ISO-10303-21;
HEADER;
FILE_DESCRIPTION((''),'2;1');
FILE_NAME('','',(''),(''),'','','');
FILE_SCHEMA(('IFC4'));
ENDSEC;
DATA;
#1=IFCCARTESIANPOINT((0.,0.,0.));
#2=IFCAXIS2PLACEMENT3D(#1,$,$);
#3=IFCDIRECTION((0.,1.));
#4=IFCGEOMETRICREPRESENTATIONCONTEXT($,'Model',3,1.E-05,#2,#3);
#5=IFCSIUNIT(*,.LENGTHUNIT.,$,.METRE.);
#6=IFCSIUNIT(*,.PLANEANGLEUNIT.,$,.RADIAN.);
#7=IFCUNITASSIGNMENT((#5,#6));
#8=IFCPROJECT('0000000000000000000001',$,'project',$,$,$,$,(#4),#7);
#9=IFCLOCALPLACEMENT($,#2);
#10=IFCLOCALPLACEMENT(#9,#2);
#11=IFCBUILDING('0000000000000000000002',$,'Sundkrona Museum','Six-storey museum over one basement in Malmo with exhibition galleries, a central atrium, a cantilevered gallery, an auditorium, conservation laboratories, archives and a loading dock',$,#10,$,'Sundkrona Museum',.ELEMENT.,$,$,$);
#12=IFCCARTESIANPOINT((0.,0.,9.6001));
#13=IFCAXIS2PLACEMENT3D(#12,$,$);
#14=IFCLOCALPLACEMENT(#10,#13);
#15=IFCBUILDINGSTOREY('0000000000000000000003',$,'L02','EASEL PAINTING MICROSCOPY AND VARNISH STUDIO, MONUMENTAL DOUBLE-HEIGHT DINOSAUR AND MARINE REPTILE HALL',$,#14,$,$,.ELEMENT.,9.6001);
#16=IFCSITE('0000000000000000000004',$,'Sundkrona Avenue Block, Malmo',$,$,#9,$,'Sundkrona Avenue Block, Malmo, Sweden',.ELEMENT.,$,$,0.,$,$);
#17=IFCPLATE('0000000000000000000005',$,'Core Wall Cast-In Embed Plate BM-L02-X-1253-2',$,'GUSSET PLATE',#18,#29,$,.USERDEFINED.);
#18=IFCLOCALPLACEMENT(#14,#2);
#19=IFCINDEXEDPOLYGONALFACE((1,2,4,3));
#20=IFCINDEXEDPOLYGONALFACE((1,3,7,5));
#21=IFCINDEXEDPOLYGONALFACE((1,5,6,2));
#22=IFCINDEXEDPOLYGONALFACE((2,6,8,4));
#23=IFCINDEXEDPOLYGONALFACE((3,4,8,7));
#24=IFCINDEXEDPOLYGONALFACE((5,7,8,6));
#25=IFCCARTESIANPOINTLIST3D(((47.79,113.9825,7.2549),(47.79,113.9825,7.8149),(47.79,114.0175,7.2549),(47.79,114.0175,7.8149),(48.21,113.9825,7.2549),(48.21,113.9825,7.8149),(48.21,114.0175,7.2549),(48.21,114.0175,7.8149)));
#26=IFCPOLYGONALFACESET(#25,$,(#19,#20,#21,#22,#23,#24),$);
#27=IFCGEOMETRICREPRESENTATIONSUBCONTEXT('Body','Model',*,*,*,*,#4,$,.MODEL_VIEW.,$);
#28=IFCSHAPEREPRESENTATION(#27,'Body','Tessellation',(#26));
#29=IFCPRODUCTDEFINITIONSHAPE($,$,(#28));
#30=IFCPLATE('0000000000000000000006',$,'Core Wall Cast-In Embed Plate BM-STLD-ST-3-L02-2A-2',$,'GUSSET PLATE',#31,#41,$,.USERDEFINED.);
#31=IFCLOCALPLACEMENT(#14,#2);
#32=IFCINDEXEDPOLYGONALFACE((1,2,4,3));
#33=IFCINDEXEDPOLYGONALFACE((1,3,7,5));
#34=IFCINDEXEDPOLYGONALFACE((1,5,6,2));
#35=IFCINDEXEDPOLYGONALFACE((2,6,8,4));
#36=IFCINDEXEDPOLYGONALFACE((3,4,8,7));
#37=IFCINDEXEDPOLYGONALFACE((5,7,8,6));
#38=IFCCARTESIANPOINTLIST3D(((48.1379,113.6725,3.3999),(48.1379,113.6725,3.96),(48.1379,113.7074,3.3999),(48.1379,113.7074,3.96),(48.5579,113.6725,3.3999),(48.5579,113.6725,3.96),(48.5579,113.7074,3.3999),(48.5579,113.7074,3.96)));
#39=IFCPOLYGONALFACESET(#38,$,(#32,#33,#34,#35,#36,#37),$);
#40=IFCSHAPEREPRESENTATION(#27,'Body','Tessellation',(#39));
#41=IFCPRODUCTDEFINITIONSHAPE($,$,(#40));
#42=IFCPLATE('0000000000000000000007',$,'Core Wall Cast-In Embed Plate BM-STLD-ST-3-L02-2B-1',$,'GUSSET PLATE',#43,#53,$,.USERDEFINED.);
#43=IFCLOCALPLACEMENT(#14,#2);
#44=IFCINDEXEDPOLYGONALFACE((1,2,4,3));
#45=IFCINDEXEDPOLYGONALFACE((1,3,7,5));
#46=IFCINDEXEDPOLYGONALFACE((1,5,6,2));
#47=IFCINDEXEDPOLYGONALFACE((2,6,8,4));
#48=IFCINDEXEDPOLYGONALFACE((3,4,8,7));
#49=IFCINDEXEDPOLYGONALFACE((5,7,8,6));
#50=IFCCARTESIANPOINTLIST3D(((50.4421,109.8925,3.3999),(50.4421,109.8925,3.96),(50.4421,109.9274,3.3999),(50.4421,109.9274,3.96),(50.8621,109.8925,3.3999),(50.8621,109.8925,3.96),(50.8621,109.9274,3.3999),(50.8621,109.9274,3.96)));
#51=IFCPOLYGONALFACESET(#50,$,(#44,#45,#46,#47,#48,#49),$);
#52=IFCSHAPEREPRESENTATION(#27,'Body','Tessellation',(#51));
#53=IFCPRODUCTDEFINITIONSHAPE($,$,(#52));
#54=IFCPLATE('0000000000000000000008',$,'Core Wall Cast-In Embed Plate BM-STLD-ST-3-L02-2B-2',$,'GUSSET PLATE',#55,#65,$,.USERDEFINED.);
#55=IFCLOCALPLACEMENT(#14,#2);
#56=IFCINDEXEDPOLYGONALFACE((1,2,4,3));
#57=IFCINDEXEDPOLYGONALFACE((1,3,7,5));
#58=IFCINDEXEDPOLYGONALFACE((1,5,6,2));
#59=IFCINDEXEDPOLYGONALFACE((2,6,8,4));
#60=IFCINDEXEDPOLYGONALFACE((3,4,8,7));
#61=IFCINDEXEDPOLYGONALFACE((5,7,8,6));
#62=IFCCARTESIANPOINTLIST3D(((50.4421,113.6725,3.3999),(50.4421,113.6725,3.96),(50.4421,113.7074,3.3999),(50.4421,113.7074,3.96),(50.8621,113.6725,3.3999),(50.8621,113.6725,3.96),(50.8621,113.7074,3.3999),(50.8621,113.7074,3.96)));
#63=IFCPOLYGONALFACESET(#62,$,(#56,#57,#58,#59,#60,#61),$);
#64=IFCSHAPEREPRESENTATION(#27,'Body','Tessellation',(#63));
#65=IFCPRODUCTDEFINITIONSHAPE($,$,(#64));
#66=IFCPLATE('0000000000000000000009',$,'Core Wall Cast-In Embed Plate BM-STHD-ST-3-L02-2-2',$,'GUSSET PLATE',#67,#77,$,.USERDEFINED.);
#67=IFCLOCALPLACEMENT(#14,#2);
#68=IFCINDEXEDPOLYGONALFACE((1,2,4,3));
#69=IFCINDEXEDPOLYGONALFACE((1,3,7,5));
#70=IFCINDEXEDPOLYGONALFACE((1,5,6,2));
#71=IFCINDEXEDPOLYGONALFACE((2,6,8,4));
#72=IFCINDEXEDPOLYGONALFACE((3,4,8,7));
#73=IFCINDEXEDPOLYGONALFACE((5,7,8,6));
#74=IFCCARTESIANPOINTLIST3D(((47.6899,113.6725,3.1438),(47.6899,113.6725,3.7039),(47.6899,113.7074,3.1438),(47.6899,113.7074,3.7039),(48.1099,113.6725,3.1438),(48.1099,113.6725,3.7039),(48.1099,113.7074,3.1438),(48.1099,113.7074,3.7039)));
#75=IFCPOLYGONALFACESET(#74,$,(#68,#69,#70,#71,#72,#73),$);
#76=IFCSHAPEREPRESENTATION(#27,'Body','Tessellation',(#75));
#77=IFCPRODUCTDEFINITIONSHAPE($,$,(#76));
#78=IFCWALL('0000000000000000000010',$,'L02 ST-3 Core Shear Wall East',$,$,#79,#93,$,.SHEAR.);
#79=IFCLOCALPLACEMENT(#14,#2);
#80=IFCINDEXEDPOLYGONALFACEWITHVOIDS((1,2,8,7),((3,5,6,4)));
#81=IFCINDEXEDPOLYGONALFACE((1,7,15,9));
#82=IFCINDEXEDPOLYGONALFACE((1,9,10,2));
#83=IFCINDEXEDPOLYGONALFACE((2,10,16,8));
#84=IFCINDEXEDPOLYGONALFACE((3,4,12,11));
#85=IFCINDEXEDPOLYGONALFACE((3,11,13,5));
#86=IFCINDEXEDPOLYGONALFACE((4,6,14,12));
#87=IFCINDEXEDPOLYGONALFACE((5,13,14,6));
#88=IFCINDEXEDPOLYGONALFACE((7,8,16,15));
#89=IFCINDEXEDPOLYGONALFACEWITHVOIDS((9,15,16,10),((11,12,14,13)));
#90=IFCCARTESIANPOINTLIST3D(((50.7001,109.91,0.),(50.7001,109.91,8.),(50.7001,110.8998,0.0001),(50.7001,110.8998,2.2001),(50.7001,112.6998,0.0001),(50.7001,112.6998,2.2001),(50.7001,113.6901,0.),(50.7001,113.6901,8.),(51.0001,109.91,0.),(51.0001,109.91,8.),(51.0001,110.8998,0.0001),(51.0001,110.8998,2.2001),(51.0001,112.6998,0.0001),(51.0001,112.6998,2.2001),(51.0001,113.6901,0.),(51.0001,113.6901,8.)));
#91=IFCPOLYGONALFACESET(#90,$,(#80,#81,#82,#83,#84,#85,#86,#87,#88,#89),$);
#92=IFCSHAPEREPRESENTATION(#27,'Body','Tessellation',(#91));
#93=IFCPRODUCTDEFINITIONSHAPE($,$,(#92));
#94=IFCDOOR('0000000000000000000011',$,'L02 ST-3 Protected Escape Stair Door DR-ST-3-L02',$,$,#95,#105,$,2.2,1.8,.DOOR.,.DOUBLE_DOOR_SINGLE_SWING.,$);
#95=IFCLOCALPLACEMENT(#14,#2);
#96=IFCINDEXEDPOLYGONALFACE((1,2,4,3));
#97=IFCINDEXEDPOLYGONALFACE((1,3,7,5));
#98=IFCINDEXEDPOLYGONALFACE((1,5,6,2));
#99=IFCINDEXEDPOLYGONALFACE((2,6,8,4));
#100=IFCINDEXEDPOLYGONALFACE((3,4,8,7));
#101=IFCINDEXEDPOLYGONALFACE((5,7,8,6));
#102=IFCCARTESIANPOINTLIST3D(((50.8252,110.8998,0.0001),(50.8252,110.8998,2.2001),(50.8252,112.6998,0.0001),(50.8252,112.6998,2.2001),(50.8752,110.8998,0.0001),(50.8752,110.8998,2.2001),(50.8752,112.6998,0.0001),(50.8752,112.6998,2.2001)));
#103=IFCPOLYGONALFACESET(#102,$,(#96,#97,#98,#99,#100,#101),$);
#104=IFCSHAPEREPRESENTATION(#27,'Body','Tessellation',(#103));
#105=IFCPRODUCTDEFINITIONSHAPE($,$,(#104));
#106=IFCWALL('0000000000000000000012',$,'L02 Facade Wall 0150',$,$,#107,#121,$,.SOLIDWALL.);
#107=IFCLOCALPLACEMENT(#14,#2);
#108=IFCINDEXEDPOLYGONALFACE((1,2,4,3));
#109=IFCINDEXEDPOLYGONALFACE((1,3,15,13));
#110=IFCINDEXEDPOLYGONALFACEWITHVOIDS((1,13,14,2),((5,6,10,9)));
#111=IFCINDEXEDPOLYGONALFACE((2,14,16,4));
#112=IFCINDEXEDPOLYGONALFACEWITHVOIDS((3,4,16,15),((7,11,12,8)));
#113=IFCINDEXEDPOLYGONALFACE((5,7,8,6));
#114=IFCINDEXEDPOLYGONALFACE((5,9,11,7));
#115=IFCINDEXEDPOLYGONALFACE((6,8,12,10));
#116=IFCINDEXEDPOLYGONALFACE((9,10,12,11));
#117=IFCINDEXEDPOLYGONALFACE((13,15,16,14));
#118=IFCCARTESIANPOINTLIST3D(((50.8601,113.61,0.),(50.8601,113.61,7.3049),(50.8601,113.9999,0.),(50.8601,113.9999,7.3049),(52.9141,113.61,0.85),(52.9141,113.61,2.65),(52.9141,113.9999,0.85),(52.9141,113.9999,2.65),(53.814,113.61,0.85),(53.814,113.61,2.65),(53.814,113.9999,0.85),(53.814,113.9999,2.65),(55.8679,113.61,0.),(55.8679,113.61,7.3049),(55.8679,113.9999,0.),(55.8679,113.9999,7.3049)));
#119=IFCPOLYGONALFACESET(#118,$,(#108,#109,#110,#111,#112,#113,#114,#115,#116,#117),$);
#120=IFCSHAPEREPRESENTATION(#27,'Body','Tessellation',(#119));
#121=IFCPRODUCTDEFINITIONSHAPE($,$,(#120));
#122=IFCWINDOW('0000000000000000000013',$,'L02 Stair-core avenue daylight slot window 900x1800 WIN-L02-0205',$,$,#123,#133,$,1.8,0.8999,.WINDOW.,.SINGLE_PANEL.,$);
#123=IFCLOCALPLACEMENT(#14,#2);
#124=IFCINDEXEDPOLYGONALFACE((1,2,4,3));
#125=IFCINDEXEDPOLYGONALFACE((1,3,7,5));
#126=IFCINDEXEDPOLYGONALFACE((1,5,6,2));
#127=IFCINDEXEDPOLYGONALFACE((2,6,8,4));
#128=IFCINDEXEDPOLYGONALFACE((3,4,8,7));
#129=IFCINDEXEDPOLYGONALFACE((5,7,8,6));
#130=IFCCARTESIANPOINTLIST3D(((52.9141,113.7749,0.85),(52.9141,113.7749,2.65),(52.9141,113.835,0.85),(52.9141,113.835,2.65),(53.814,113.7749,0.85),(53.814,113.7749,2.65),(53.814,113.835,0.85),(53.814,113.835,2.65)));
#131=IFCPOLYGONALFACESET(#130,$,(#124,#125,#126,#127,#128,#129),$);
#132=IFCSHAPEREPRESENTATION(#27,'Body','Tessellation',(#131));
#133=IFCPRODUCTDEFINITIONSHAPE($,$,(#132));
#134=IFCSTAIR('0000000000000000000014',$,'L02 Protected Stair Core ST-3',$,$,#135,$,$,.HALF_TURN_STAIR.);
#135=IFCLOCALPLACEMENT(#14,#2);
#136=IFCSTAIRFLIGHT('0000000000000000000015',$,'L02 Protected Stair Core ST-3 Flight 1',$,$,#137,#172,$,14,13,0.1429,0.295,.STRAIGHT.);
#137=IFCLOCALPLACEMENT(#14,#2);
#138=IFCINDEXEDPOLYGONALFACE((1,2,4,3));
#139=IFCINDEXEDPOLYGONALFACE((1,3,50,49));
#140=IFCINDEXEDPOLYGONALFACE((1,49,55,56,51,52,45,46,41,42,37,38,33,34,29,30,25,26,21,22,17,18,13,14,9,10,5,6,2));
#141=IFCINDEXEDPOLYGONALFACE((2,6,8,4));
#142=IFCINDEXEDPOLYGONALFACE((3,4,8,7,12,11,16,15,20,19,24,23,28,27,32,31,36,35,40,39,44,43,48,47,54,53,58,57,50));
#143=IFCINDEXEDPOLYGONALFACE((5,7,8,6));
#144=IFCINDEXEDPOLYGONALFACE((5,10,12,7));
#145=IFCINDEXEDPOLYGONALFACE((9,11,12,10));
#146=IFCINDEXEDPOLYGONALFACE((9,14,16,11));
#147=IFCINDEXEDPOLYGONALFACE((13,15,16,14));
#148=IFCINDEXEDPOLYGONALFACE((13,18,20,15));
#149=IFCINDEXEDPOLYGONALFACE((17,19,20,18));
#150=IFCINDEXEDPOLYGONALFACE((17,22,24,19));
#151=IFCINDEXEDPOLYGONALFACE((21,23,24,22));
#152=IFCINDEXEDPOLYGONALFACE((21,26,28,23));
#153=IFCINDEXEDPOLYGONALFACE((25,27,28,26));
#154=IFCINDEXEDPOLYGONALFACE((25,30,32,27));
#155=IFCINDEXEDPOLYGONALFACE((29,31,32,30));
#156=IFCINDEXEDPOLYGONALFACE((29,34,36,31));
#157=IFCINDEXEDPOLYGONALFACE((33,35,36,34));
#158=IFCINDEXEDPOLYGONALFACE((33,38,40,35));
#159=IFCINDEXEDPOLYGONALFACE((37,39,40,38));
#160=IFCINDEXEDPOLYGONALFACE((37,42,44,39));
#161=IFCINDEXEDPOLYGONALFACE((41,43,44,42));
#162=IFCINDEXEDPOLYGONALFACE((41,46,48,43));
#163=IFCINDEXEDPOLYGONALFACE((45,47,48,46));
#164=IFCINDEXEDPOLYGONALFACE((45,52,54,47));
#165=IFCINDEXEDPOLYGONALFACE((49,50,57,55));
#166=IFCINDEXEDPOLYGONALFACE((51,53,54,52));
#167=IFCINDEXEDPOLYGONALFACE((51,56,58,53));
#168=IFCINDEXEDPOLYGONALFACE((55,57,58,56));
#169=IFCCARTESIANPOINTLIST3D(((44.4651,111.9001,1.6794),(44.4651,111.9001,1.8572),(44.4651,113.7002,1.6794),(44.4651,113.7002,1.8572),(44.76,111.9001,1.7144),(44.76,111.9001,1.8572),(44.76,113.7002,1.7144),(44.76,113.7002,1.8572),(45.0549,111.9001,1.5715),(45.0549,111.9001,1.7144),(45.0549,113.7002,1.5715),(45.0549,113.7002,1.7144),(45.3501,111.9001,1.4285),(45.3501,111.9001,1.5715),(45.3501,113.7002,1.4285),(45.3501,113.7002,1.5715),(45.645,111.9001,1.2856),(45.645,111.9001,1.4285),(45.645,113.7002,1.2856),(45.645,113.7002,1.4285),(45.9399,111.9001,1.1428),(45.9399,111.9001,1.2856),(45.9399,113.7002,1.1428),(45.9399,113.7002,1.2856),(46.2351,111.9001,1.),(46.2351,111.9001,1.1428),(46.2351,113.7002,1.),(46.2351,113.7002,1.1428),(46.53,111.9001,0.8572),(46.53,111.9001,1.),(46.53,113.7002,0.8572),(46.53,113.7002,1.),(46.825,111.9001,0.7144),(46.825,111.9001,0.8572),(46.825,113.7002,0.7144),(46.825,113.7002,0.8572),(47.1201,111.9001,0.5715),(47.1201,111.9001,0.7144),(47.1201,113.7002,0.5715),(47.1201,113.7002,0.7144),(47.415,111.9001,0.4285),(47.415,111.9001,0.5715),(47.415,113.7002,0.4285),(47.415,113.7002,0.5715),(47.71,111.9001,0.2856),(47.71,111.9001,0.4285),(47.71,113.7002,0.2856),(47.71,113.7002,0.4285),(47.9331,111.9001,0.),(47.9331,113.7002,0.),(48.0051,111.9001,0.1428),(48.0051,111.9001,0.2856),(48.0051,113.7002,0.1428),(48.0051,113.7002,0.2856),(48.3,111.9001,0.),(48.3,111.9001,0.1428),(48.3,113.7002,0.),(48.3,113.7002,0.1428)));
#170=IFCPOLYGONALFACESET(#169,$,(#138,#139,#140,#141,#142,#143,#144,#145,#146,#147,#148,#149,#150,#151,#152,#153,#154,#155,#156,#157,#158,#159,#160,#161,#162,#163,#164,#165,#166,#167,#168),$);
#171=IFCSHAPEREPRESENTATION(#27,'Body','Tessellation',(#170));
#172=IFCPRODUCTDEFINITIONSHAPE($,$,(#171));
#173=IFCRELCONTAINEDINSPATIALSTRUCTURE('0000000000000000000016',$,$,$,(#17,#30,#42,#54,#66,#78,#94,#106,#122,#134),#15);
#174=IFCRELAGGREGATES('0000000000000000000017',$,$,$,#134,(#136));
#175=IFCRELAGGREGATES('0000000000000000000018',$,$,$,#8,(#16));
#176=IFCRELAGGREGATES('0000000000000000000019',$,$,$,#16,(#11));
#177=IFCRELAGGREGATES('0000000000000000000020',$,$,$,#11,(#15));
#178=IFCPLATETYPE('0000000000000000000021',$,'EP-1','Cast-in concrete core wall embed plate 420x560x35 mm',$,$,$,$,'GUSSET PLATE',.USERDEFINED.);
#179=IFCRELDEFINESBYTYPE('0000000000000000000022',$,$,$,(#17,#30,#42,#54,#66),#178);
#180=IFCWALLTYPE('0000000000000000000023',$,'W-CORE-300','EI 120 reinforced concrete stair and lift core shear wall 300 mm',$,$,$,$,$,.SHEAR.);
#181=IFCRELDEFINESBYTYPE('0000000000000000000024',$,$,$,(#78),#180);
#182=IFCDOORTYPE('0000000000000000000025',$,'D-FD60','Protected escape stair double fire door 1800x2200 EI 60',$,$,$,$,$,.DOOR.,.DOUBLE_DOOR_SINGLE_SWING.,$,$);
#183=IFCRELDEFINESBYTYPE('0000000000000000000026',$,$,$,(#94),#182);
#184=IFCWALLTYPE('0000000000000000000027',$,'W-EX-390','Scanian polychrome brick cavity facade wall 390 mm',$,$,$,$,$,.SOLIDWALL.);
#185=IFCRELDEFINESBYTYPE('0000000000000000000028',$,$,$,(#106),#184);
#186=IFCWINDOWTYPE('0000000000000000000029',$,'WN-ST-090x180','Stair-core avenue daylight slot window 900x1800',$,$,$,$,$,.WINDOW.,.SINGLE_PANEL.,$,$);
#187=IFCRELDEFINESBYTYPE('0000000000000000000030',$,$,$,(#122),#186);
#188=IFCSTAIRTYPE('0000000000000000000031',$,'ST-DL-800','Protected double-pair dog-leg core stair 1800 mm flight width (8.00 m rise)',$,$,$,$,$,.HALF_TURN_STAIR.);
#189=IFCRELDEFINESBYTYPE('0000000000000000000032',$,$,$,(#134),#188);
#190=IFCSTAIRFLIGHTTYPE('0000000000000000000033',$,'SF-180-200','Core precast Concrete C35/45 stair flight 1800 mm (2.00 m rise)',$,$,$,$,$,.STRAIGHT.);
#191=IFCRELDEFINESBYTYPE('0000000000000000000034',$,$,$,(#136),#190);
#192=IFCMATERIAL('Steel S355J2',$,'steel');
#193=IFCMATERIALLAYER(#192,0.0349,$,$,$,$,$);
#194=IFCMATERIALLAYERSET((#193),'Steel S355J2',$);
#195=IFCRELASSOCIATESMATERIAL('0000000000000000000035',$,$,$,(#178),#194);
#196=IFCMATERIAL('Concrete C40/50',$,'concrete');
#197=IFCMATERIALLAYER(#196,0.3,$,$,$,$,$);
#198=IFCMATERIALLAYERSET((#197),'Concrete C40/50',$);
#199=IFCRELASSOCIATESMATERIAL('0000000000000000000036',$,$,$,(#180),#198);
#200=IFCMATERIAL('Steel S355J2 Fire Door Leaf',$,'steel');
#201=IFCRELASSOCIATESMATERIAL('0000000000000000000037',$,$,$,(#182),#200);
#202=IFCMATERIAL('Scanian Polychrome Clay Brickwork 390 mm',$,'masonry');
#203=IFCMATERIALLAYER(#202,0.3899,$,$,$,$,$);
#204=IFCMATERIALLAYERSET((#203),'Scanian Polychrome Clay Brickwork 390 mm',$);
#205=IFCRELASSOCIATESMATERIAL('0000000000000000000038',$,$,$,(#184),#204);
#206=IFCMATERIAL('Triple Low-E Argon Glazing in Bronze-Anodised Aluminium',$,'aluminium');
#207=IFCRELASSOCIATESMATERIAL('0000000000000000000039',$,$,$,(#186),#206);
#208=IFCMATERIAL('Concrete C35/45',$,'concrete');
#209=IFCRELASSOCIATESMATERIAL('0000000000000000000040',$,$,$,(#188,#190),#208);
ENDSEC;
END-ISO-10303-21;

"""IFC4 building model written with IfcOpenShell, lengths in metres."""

from ifc_helpers import new_model, si_unit, direction, frame, frame_2d, origin, origin_2d, place, context, subcontext, project, spatial, polyline, rectangle, outline, extrude, material, layer, layer_set, type_object, element, fill, aggregate, save


model = new_model("IFC4")

# Units and contexts
model_context = context("Model", 3, precision=1e-05, world=origin(), true_north=direction((0.0, 1.0)))
body_context = subcontext(model_context, "Body", "Model", "MODEL_VIEW")
ifc_project = project(units=[si_unit("LENGTHUNIT", "METRE"), si_unit("PLANEANGLEUNIT", "RADIAN")], contexts=[model_context])

# Site, building, storey
site_placement = place(None, origin())
site = spatial("IfcSite", under=ifc_project, at=site_placement, Name="Sundkrona Avenue Block, Malmo", LongName="Sundkrona Avenue Block, Malmo, Sweden", CompositionType="ELEMENT", RefElevation=0.0)
building_placement = place(site_placement, origin())
building = spatial("IfcBuilding", under=site, at=building_placement, Name="Sundkrona Museum", Description="Six-storey museum over one basement in Malmo with exhibition galleries, a central atrium, a cantilevered gallery, an auditorium, conservation laboratories, archives and a loading dock", LongName="Sundkrona Museum", CompositionType="ELEMENT")
storey_placement = place(building_placement, frame((0.0, 0.0, 9.6001)))
storey = spatial("IfcBuildingStorey", under=building, at=storey_placement, Name="L02", Description="EASEL PAINTING MICROSCOPY AND VARNISH STUDIO, MONUMENTAL DOUBLE-HEIGHT DINOSAUR AND MARINE REPTILE HALL", CompositionType="ELEMENT", Elevation=9.6001)

# Shared definitions
ifc_material_1 = material(Name="Steel S355J2", Category="steel")

# Plates
ifc_layer_1 = layer(ifc_material_1, 0.0349)
ifc_layer_set_1 = layer_set([ifc_layer_1], Name="Steel S355J2")
plate_type = type_object("IfcPlateType", Name="EP-1", Description="Cast-in concrete core wall embed plate 420x560x35 mm", ElementType="GUSSET PLATE", PredefinedType="USERDEFINED", material=ifc_layer_set_1)
for number, where, z_axis, x_axis, name in (
    (1, (48.0, 114.0, 7.2549), (0.0, 0.0, 1.0), (1.0, 0.0, 0.0), "Core Wall Cast-In Embed Plate BM-L02-X-1253-2"),
    (2, (48.3479, 113.6899, 3.3999), (0.0, 0.0, 1.0), (1.0, 0.0, 0.0), "Core Wall Cast-In Embed Plate BM-STLD-ST-3-L02-2A-2"),
    (3, (50.6521, 109.9099, 3.3999), (0.0, 0.0, 1.0), (1.0, 0.0, 0.0), "Core Wall Cast-In Embed Plate BM-STLD-ST-3-L02-2B-1"),
    (4, (50.6521, 113.6899, 3.3999), (0.0, 0.0, 1.0), (1.0, 0.0, 0.0), "Core Wall Cast-In Embed Plate BM-STLD-ST-3-L02-2B-2"),
    (5, (47.8999, 113.6899, 3.1438), (0.0, 0.0, 1.0), (1.0, 0.0, 0.0), "Core Wall Cast-In Embed Plate BM-STHD-ST-3-L02-2-2"),
):
    element("IfcPlate", number, at=place(storey_placement, frame(where, z_axis=z_axis, x_axis=x_axis)), inside=storey, type_object=plate_type, Name=name, ObjectType="GUSSET PLATE", PredefinedType="USERDEFINED", context=body_context, shape_type="SweptSolid", body=[
        extrude(rectangle(XDim=0.4199, YDim=0.0349, at=origin_2d()), origin(), (0.0, 0.0, 1.0), 0.5601),
    ])

# Wall, opening, door
ifc_material_2 = material(Name="Concrete C40/50", Category="concrete")
ifc_layer_2 = layer(ifc_material_2, 0.3)
ifc_layer_set_2 = layer_set([ifc_layer_2], Name="Concrete C40/50")
wall_type_1 = type_object("IfcWallType", Name="W-CORE-300", Description="EI 120 reinforced concrete stair and lift core shear wall 300 mm", PredefinedType="SHEAR", material=ifc_layer_set_2)
wall_1_placement = place(storey_placement, frame((50.8501, 109.9099, 0.0), z_axis=(0.0, 0.0, 1.0), x_axis=(0.0, 1.0, 0.0)))
wall_1 = element("IfcWall", 6, at=wall_1_placement, inside=storey, type_object=wall_type_1, Name="L02 ST-3 Core Shear Wall East", PredefinedType="SHEAR", context=body_context, shape_type="SweptSolid", body=[
    extrude(rectangle(XDim=3.78, YDim=0.3, at=frame_2d((1.8901, 0.0))), origin(), (0.0, 0.0, 1.0), 8.0),
])
opening_1_placement = place(wall_1_placement, frame((0.99, 0.0, 0.0)))
opening_1 = element("IfcOpeningElement", 7, at=opening_1_placement, cuts=wall_1, PredefinedType="OPENING", context=body_context, shape_type="SweptSolid", body=[
    extrude(rectangle(XDim=1.8, YDim=2.2, at=frame_2d((0.8999, 1.1001))), frame((0.0, 0.1599, 0.0), z_axis=(0.0, -1.0, 0.0), x_axis=(1.0, 0.0, 0.0)), (0.0, 0.0, 1.0), 0.3201),
])
ifc_material_3 = material(Name="Steel S355J2 Fire Door Leaf", Category="steel")
door_type = type_object("IfcDoorType", Name="D-FD60", Description="Protected escape stair double fire door 1800x2200 EI 60", OperationType="DOUBLE_DOOR_SINGLE_SWING", PredefinedType="DOOR", material=ifc_material_3)
door_placement = place(opening_1_placement, origin())
door = element("IfcDoor", 8, at=door_placement, inside=storey, type_object=door_type, Name="L02 ST-3 Protected Escape Stair Door DR-ST-3-L02", OperationType="DOUBLE_DOOR_SINGLE_SWING", OverallHeight=2.2, OverallWidth=1.8, PredefinedType="DOOR", context=body_context, shape_type="SweptSolid", body=[
    extrude(rectangle(XDim=1.8, YDim=2.2, at=frame_2d((0.8999, 1.1001))), frame((0.0, 0.0249, 0.0), z_axis=(0.0, -1.0, 0.0), x_axis=(1.0, 0.0, 0.0)), (0.0, 0.0, 1.0), 0.05),
])
fill(opening_1, door)

# Wall, opening, window
ifc_material_4 = material(Name="Scanian Polychrome Clay Brickwork 390 mm", Category="masonry")
ifc_layer_3 = layer(ifc_material_4, 0.3899)
ifc_layer_set_3 = layer_set([ifc_layer_3], Name="Scanian Polychrome Clay Brickwork 390 mm")
wall_type_2 = type_object("IfcWallType", Name="W-EX-390", Description="Scanian polychrome brick cavity facade wall 390 mm", PredefinedType="SOLIDWALL", material=ifc_layer_set_3)
wall_2_placement = place(storey_placement, frame((50.8601, 113.8049, 0.0), z_axis=(0.0, 0.0, 1.0), x_axis=(1.0, 0.0, 0.0)))
wall_2 = element("IfcWall", 9, at=wall_2_placement, inside=storey, type_object=wall_type_2, Name="L02 Facade Wall 0150", PredefinedType="SOLIDWALL", context=body_context, shape_type="SweptSolid", body=[
    extrude(rectangle(XDim=5.0078, YDim=0.3899, at=frame_2d((2.5039, 0.0))), origin(), (0.0, 0.0, 1.0), 7.3049),
])
opening_2_placement = place(wall_2_placement, frame((2.054, 0.0, 0.8501)))
opening_2 = element("IfcOpeningElement", 10, at=opening_2_placement, cuts=wall_2, PredefinedType="OPENING", context=body_context, shape_type="SweptSolid", body=[
    extrude(rectangle(XDim=0.8999, YDim=1.8, at=frame_2d((0.45, 0.8999))), frame((0.0, 0.2048, 0.0), z_axis=(0.0, -1.0, 0.0), x_axis=(1.0, 0.0, 0.0)), (0.0, 0.0, 1.0), 0.4099),
])
ifc_material_5 = material(Name="Triple Low-E Argon Glazing in Bronze-Anodised Aluminium", Category="aluminium")
window_type = type_object("IfcWindowType", Name="WN-ST-090x180", Description="Stair-core avenue daylight slot window 900x1800", PartitioningType="SINGLE_PANEL", PredefinedType="WINDOW", material=ifc_material_5)
window_placement = place(opening_2_placement, origin())
window = element("IfcWindow", 11, at=window_placement, inside=storey, type_object=window_type, Name="L02 Stair-core avenue daylight slot window 900x1800 WIN-L02-0205", OverallHeight=1.8, OverallWidth=0.8999, PartitioningType="SINGLE_PANEL", PredefinedType="WINDOW", context=body_context, shape_type="SweptSolid", body=[
    extrude(rectangle(XDim=0.8999, YDim=1.8, at=frame_2d((0.45, 0.8999))), frame((0.0, 0.03, 0.0), z_axis=(0.0, -1.0, 0.0), x_axis=(1.0, 0.0, 0.0)), (0.0, 0.0, 1.0), 0.0601),
])
fill(opening_2, window)

# Stair, stair flight
ifc_material_6 = material(Name="Concrete C35/45", Category="concrete")
stair_type = type_object("IfcStairType", Name="ST-DL-800", Description="Protected double-pair dog-leg core stair 1800 mm flight width (8.00 m rise)", PredefinedType="HALF_TURN_STAIR", material=ifc_material_6)
stair_placement = place(storey_placement, origin())
stair = element("IfcStair", 12, at=stair_placement, inside=storey, type_object=stair_type, Name="L02 Protected Stair Core ST-3", PredefinedType="HALF_TURN_STAIR")
stair_flight_type = type_object("IfcStairFlightType", Name="SF-180-200", Description="Core precast Concrete C35/45 stair flight 1800 mm (2.00 m rise)", PredefinedType="STRAIGHT", material=ifc_material_6)
stair_flight_1_placement = place(storey_placement, frame((48.3, 112.8, 0.0), z_axis=(0.0, 0.0, 1.0), x_axis=(-1.0, 0.0, 0.0)))
stair_flight_1 = element("IfcStairFlight", 13, at=stair_flight_1_placement, type_object=stair_flight_type, Name="L02 Protected Stair Core ST-3 Flight 1", NumberOfRisers=14, NumberOfTreads=13, PredefinedType="STRAIGHT", RiserHeight=0.1429, TreadLength=0.295, context=body_context, shape_type="SweptSolid", body=[
    extrude(outline(polyline([(0.0, 0.0), (0.0, 0.1428), (0.2949, 0.1428), (0.2949, 0.2856), (0.5901, 0.2856), (0.5901, 0.4285), (0.885, 0.4285), (0.885, 0.5715), (1.1799, 0.5715), (1.1799, 0.7144), (1.4751, 0.7144), (1.4751, 0.8572), (1.77, 0.8572), (1.77, 1.0), (2.0649, 1.0), (2.0649, 1.1428), (2.3601, 1.1428), (2.3601, 1.2856), (2.655, 1.2856), (2.655, 1.4285), (2.95, 1.4285), (2.95, 1.5715), (3.2451, 1.5715), (3.2451, 1.7144), (3.54, 1.7144), (3.54, 1.8572), (3.835, 1.8572), (3.835, 2.0), (3.835, 1.6794), (0.3669, 0.0), (0.0, 0.0)])), frame((0.0, 0.8999, 0.0), z_axis=(0.0, -1.0, 0.0), x_axis=(1.0, 0.0, 0.0)), (0.0, 0.0, 1.0), 1.8),
])
aggregate(stair, [stair_flight_1])

save(model, "model.ifc")
